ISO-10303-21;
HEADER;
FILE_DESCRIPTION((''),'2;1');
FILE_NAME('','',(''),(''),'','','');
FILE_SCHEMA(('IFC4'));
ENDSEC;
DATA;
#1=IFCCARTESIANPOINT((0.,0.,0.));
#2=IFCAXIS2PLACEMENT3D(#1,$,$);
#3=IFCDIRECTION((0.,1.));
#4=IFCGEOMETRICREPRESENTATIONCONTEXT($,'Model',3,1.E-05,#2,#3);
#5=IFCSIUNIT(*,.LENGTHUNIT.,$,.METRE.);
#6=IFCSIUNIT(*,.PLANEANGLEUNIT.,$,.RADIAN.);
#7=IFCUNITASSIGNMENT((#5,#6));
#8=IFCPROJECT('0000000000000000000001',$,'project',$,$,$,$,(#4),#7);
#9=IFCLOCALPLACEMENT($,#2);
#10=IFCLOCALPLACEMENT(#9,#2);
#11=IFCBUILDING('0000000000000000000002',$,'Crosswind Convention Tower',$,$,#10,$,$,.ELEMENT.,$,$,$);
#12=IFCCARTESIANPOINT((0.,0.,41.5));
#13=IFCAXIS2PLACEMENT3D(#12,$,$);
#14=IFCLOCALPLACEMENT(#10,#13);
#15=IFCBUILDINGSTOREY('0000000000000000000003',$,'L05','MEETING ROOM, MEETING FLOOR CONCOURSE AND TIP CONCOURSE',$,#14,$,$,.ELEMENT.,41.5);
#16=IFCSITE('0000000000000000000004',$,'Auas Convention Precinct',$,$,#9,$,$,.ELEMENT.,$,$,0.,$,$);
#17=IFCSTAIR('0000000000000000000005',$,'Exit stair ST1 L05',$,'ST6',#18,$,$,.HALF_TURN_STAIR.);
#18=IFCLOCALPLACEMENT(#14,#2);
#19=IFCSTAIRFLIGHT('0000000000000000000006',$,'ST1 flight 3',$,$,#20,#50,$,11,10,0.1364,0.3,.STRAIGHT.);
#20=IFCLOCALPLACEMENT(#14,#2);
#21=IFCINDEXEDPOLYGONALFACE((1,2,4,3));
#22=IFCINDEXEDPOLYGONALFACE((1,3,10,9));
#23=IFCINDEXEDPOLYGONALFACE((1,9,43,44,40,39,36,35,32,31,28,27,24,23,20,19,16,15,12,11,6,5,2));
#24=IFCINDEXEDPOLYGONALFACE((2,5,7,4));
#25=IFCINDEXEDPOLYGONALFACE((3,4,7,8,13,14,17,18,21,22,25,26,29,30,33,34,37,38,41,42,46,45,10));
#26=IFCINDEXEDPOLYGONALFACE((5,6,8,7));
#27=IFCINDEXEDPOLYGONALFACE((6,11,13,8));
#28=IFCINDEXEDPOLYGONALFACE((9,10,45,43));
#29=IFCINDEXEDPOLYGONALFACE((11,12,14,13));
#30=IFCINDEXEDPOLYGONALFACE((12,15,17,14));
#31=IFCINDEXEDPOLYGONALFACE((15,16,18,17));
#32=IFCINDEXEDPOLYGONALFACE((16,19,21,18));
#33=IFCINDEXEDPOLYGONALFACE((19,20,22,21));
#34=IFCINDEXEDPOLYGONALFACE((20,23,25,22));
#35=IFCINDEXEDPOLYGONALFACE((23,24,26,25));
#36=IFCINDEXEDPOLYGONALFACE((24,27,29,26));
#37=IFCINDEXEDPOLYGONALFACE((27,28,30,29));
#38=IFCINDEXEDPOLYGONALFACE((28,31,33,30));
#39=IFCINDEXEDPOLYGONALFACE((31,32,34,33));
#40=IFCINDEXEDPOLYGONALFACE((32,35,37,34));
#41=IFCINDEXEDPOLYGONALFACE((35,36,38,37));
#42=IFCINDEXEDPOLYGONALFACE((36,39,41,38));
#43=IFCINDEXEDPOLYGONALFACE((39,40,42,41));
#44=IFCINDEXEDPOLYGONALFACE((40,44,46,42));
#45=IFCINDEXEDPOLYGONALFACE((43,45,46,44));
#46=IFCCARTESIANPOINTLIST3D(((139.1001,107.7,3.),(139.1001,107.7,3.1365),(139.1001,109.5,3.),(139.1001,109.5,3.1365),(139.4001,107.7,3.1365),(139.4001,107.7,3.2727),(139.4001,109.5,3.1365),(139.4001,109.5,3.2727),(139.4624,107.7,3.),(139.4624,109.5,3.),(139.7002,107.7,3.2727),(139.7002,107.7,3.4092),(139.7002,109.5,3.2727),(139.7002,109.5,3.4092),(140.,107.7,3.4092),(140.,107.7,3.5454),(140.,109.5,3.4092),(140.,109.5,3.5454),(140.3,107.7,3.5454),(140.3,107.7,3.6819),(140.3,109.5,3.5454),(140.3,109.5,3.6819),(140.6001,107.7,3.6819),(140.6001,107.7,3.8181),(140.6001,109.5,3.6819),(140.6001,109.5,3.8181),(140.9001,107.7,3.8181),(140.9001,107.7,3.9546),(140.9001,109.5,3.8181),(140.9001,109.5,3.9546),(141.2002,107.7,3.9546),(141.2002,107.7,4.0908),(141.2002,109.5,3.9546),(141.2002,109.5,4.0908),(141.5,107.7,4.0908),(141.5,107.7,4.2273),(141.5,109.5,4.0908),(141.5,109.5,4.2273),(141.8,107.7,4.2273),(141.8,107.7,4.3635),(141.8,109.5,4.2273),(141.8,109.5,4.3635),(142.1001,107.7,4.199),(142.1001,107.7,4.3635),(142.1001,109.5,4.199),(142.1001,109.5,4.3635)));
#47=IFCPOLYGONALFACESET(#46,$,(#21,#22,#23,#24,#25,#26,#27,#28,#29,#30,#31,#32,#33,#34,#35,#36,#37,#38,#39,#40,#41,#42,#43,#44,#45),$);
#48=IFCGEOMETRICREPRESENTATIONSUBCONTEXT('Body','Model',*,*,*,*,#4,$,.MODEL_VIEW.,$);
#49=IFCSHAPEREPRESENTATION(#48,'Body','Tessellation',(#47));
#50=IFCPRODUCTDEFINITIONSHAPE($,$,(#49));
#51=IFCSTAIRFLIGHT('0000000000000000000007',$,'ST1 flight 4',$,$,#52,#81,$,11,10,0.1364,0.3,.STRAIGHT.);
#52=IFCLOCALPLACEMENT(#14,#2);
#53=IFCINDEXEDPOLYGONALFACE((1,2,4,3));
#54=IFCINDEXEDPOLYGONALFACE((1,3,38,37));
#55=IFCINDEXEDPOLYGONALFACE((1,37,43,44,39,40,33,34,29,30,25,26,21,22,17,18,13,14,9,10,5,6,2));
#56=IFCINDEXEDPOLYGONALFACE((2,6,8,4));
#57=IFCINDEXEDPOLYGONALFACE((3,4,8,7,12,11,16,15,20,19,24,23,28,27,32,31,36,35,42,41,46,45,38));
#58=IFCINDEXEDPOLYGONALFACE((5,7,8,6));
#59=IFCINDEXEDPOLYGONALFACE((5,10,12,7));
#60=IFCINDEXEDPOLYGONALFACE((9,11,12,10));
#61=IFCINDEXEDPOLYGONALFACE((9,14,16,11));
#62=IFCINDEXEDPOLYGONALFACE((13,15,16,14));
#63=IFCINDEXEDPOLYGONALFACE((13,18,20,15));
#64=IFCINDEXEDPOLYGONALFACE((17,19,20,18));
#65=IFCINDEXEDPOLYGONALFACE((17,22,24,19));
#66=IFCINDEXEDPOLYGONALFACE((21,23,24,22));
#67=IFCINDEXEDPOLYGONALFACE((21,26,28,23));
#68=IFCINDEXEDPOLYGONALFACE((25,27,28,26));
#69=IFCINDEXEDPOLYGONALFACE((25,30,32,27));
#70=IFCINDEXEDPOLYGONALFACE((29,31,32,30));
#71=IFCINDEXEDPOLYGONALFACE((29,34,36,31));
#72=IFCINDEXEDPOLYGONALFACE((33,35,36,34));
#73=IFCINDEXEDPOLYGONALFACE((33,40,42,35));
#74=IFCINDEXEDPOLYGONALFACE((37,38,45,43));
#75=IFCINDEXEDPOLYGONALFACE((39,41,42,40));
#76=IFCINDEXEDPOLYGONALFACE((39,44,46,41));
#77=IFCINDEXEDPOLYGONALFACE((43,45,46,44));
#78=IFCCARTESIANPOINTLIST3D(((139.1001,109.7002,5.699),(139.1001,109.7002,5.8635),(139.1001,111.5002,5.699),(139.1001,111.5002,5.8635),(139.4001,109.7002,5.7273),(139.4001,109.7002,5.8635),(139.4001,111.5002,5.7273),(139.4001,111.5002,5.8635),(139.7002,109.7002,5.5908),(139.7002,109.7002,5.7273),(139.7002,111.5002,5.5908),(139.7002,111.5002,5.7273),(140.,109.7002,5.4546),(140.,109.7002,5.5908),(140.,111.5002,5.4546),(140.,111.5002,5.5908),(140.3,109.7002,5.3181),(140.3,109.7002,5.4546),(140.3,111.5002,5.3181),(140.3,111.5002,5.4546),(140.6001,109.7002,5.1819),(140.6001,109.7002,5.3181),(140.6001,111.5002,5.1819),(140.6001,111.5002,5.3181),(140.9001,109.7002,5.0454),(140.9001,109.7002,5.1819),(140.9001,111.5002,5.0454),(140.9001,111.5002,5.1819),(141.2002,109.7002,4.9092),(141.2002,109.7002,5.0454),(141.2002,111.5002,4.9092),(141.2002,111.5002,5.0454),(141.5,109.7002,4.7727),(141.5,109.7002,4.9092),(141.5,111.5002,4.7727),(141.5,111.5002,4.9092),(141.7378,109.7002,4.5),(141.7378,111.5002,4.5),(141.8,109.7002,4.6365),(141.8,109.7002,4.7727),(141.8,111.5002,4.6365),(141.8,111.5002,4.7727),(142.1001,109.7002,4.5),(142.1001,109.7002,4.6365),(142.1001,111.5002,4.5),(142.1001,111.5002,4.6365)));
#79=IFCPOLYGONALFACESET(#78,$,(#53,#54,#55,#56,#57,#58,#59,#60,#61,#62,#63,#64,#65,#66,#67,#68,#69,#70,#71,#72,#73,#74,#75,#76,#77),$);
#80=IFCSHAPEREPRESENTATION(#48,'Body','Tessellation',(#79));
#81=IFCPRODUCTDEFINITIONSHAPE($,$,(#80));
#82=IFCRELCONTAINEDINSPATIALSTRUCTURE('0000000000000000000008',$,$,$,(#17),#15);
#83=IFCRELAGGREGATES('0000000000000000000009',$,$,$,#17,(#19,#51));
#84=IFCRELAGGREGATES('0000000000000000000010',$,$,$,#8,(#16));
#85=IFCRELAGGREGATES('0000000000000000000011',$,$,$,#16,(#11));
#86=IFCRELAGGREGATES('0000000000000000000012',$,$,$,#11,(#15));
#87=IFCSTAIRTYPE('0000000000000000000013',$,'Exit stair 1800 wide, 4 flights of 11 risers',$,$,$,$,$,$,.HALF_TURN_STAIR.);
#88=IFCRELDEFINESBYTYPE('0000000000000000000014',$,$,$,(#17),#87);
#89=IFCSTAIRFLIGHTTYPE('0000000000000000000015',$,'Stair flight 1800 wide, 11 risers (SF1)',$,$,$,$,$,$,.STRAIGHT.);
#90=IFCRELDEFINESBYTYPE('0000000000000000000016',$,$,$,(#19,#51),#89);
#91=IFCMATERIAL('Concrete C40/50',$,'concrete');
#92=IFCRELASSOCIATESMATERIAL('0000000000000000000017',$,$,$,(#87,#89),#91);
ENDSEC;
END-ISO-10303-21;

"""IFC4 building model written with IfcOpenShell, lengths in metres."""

from ifc_helpers import new_model, si_unit, direction, frame, origin, place, context, subcontext, project, spatial, polyline, outline, extrude, material, type_object, element, aggregate, save


model = new_model("IFC4")

# Units and contexts
model_context = context("Model", 3, precision=1e-05, world=origin(), true_north=direction((0.0, 1.0)))
body_context = subcontext(model_context, "Body", "Model", "MODEL_VIEW")
ifc_project = project(units=[si_unit("LENGTHUNIT", "METRE"), si_unit("PLANEANGLEUNIT", "RADIAN")], contexts=[model_context])

# Site, building, storey
site_placement = place(None, origin())
site = spatial("IfcSite", under=ifc_project, at=site_placement, Name="Auas Convention Precinct", CompositionType="ELEMENT", RefElevation=0.0)
building_placement = place(site_placement, origin())
building = spatial("IfcBuilding", under=site, at=building_placement, Name="Crosswind Convention Tower", CompositionType="ELEMENT")
storey_placement = place(building_placement, frame((0.0, 0.0, 41.5)))
storey = spatial("IfcBuildingStorey", under=building, at=storey_placement, Name="L05", Description="MEETING ROOM, MEETING FLOOR CONCOURSE AND TIP CONCOURSE", CompositionType="ELEMENT", Elevation=41.5)

# Stair, stair flights
ifc_material_1 = material(Name="Concrete C40/50", Category="concrete")
stair_type = type_object("IfcStairType", Name="Exit stair 1800 wide, 4 flights of 11 risers", PredefinedType="HALF_TURN_STAIR", material=ifc_material_1)
stair_placement = place(storey_placement, origin())
stair = element("IfcStair", 1, at=stair_placement, inside=storey, type_object=stair_type, Name="Exit stair ST1 L05", ObjectType="ST6", PredefinedType="HALF_TURN_STAIR")
stair_flight_type = type_object("IfcStairFlightType", Name="Stair flight 1800 wide, 11 risers (SF1)", PredefinedType="STRAIGHT", material=ifc_material_1)
stair_flight_1_placement = place(storey_placement, frame((139.1001, 108.6001, 3.0), z_axis=(0.0, 0.0, 1.0), x_axis=(1.0, 0.0, 0.0)))
stair_flight_1 = element("IfcStairFlight", 2, at=stair_flight_1_placement, type_object=stair_flight_type, Name="ST1 flight 3", NumberOfRisers=11, NumberOfTreads=10, PredefinedType="STRAIGHT", RiserHeight=0.1364, TreadLength=0.3, context=body_context, shape_type="SweptSolid", body=[
    extrude(outline(polyline([(0.0, 0.0), (0.0, 0.1365), (0.3, 0.1365), (0.3, 0.2727), (0.6001, 0.2727), (0.6001, 0.4092), (0.8999, 0.4092), (0.8999, 0.5454), (1.2, 0.5454), (1.2, 0.6819), (1.5, 0.6819), (1.5, 0.8181), (1.8, 0.8181), (1.8, 0.9546), (2.1001, 0.9546), (2.1001, 1.0908), (2.3999, 1.0908), (2.3999, 1.2273), (2.7, 1.2273), (2.7, 1.3635), (3.0, 1.3635), (3.0, 1.5), (3.0, 1.199), (0.3623, 0.0), (0.0, 0.0)])), frame((0.0, 0.8999, 0.0), z_axis=(0.0, -1.0, 0.0), x_axis=(1.0, 0.0, 0.0)), (0.0, 0.0, 1.0), 1.8),
])
stair_flight_2_placement = place(storey_placement, frame((142.1001, 110.6001, 4.5), z_axis=(0.0, 0.0, 1.0), x_axis=(-1.0, 0.0, 0.0)))
stair_flight_2 = element("IfcStairFlight", 3, at=stair_flight_2_placement, type_object=stair_flight_type, Name="ST1 flight 4", NumberOfRisers=11, NumberOfTreads=10, PredefinedType="STRAIGHT", RiserHeight=0.1364, TreadLength=0.3, context=body_context, shape_type="SweptSolid", body=[
    extrude(outline(polyline([(0.0, 0.0), (0.0, 0.1365), (0.3, 0.1365), (0.3, 0.2727), (0.6001, 0.2727), (0.6001, 0.4092), (0.8999, 0.4092), (0.8999, 0.5454), (1.2, 0.5454), (1.2, 0.6819), (1.5, 0.6819), (1.5, 0.8181), (1.8, 0.8181), (1.8, 0.9546), (2.1001, 0.9546), (2.1001, 1.0908), (2.3999, 1.0908), (2.3999, 1.2273), (2.7, 1.2273), (2.7, 1.3635), (3.0, 1.3635), (3.0, 1.5), (3.0, 1.199), (0.3623, 0.0), (0.0, 0.0)])), frame((0.0, 0.8999, 0.0), z_axis=(0.0, -1.0, 0.0), x_axis=(1.0, 0.0, 0.0)), (0.0, 0.0, 1.0), 1.8),
])
aggregate(stair, [stair_flight_1, stair_flight_2])

save(model, "model.ifc")
